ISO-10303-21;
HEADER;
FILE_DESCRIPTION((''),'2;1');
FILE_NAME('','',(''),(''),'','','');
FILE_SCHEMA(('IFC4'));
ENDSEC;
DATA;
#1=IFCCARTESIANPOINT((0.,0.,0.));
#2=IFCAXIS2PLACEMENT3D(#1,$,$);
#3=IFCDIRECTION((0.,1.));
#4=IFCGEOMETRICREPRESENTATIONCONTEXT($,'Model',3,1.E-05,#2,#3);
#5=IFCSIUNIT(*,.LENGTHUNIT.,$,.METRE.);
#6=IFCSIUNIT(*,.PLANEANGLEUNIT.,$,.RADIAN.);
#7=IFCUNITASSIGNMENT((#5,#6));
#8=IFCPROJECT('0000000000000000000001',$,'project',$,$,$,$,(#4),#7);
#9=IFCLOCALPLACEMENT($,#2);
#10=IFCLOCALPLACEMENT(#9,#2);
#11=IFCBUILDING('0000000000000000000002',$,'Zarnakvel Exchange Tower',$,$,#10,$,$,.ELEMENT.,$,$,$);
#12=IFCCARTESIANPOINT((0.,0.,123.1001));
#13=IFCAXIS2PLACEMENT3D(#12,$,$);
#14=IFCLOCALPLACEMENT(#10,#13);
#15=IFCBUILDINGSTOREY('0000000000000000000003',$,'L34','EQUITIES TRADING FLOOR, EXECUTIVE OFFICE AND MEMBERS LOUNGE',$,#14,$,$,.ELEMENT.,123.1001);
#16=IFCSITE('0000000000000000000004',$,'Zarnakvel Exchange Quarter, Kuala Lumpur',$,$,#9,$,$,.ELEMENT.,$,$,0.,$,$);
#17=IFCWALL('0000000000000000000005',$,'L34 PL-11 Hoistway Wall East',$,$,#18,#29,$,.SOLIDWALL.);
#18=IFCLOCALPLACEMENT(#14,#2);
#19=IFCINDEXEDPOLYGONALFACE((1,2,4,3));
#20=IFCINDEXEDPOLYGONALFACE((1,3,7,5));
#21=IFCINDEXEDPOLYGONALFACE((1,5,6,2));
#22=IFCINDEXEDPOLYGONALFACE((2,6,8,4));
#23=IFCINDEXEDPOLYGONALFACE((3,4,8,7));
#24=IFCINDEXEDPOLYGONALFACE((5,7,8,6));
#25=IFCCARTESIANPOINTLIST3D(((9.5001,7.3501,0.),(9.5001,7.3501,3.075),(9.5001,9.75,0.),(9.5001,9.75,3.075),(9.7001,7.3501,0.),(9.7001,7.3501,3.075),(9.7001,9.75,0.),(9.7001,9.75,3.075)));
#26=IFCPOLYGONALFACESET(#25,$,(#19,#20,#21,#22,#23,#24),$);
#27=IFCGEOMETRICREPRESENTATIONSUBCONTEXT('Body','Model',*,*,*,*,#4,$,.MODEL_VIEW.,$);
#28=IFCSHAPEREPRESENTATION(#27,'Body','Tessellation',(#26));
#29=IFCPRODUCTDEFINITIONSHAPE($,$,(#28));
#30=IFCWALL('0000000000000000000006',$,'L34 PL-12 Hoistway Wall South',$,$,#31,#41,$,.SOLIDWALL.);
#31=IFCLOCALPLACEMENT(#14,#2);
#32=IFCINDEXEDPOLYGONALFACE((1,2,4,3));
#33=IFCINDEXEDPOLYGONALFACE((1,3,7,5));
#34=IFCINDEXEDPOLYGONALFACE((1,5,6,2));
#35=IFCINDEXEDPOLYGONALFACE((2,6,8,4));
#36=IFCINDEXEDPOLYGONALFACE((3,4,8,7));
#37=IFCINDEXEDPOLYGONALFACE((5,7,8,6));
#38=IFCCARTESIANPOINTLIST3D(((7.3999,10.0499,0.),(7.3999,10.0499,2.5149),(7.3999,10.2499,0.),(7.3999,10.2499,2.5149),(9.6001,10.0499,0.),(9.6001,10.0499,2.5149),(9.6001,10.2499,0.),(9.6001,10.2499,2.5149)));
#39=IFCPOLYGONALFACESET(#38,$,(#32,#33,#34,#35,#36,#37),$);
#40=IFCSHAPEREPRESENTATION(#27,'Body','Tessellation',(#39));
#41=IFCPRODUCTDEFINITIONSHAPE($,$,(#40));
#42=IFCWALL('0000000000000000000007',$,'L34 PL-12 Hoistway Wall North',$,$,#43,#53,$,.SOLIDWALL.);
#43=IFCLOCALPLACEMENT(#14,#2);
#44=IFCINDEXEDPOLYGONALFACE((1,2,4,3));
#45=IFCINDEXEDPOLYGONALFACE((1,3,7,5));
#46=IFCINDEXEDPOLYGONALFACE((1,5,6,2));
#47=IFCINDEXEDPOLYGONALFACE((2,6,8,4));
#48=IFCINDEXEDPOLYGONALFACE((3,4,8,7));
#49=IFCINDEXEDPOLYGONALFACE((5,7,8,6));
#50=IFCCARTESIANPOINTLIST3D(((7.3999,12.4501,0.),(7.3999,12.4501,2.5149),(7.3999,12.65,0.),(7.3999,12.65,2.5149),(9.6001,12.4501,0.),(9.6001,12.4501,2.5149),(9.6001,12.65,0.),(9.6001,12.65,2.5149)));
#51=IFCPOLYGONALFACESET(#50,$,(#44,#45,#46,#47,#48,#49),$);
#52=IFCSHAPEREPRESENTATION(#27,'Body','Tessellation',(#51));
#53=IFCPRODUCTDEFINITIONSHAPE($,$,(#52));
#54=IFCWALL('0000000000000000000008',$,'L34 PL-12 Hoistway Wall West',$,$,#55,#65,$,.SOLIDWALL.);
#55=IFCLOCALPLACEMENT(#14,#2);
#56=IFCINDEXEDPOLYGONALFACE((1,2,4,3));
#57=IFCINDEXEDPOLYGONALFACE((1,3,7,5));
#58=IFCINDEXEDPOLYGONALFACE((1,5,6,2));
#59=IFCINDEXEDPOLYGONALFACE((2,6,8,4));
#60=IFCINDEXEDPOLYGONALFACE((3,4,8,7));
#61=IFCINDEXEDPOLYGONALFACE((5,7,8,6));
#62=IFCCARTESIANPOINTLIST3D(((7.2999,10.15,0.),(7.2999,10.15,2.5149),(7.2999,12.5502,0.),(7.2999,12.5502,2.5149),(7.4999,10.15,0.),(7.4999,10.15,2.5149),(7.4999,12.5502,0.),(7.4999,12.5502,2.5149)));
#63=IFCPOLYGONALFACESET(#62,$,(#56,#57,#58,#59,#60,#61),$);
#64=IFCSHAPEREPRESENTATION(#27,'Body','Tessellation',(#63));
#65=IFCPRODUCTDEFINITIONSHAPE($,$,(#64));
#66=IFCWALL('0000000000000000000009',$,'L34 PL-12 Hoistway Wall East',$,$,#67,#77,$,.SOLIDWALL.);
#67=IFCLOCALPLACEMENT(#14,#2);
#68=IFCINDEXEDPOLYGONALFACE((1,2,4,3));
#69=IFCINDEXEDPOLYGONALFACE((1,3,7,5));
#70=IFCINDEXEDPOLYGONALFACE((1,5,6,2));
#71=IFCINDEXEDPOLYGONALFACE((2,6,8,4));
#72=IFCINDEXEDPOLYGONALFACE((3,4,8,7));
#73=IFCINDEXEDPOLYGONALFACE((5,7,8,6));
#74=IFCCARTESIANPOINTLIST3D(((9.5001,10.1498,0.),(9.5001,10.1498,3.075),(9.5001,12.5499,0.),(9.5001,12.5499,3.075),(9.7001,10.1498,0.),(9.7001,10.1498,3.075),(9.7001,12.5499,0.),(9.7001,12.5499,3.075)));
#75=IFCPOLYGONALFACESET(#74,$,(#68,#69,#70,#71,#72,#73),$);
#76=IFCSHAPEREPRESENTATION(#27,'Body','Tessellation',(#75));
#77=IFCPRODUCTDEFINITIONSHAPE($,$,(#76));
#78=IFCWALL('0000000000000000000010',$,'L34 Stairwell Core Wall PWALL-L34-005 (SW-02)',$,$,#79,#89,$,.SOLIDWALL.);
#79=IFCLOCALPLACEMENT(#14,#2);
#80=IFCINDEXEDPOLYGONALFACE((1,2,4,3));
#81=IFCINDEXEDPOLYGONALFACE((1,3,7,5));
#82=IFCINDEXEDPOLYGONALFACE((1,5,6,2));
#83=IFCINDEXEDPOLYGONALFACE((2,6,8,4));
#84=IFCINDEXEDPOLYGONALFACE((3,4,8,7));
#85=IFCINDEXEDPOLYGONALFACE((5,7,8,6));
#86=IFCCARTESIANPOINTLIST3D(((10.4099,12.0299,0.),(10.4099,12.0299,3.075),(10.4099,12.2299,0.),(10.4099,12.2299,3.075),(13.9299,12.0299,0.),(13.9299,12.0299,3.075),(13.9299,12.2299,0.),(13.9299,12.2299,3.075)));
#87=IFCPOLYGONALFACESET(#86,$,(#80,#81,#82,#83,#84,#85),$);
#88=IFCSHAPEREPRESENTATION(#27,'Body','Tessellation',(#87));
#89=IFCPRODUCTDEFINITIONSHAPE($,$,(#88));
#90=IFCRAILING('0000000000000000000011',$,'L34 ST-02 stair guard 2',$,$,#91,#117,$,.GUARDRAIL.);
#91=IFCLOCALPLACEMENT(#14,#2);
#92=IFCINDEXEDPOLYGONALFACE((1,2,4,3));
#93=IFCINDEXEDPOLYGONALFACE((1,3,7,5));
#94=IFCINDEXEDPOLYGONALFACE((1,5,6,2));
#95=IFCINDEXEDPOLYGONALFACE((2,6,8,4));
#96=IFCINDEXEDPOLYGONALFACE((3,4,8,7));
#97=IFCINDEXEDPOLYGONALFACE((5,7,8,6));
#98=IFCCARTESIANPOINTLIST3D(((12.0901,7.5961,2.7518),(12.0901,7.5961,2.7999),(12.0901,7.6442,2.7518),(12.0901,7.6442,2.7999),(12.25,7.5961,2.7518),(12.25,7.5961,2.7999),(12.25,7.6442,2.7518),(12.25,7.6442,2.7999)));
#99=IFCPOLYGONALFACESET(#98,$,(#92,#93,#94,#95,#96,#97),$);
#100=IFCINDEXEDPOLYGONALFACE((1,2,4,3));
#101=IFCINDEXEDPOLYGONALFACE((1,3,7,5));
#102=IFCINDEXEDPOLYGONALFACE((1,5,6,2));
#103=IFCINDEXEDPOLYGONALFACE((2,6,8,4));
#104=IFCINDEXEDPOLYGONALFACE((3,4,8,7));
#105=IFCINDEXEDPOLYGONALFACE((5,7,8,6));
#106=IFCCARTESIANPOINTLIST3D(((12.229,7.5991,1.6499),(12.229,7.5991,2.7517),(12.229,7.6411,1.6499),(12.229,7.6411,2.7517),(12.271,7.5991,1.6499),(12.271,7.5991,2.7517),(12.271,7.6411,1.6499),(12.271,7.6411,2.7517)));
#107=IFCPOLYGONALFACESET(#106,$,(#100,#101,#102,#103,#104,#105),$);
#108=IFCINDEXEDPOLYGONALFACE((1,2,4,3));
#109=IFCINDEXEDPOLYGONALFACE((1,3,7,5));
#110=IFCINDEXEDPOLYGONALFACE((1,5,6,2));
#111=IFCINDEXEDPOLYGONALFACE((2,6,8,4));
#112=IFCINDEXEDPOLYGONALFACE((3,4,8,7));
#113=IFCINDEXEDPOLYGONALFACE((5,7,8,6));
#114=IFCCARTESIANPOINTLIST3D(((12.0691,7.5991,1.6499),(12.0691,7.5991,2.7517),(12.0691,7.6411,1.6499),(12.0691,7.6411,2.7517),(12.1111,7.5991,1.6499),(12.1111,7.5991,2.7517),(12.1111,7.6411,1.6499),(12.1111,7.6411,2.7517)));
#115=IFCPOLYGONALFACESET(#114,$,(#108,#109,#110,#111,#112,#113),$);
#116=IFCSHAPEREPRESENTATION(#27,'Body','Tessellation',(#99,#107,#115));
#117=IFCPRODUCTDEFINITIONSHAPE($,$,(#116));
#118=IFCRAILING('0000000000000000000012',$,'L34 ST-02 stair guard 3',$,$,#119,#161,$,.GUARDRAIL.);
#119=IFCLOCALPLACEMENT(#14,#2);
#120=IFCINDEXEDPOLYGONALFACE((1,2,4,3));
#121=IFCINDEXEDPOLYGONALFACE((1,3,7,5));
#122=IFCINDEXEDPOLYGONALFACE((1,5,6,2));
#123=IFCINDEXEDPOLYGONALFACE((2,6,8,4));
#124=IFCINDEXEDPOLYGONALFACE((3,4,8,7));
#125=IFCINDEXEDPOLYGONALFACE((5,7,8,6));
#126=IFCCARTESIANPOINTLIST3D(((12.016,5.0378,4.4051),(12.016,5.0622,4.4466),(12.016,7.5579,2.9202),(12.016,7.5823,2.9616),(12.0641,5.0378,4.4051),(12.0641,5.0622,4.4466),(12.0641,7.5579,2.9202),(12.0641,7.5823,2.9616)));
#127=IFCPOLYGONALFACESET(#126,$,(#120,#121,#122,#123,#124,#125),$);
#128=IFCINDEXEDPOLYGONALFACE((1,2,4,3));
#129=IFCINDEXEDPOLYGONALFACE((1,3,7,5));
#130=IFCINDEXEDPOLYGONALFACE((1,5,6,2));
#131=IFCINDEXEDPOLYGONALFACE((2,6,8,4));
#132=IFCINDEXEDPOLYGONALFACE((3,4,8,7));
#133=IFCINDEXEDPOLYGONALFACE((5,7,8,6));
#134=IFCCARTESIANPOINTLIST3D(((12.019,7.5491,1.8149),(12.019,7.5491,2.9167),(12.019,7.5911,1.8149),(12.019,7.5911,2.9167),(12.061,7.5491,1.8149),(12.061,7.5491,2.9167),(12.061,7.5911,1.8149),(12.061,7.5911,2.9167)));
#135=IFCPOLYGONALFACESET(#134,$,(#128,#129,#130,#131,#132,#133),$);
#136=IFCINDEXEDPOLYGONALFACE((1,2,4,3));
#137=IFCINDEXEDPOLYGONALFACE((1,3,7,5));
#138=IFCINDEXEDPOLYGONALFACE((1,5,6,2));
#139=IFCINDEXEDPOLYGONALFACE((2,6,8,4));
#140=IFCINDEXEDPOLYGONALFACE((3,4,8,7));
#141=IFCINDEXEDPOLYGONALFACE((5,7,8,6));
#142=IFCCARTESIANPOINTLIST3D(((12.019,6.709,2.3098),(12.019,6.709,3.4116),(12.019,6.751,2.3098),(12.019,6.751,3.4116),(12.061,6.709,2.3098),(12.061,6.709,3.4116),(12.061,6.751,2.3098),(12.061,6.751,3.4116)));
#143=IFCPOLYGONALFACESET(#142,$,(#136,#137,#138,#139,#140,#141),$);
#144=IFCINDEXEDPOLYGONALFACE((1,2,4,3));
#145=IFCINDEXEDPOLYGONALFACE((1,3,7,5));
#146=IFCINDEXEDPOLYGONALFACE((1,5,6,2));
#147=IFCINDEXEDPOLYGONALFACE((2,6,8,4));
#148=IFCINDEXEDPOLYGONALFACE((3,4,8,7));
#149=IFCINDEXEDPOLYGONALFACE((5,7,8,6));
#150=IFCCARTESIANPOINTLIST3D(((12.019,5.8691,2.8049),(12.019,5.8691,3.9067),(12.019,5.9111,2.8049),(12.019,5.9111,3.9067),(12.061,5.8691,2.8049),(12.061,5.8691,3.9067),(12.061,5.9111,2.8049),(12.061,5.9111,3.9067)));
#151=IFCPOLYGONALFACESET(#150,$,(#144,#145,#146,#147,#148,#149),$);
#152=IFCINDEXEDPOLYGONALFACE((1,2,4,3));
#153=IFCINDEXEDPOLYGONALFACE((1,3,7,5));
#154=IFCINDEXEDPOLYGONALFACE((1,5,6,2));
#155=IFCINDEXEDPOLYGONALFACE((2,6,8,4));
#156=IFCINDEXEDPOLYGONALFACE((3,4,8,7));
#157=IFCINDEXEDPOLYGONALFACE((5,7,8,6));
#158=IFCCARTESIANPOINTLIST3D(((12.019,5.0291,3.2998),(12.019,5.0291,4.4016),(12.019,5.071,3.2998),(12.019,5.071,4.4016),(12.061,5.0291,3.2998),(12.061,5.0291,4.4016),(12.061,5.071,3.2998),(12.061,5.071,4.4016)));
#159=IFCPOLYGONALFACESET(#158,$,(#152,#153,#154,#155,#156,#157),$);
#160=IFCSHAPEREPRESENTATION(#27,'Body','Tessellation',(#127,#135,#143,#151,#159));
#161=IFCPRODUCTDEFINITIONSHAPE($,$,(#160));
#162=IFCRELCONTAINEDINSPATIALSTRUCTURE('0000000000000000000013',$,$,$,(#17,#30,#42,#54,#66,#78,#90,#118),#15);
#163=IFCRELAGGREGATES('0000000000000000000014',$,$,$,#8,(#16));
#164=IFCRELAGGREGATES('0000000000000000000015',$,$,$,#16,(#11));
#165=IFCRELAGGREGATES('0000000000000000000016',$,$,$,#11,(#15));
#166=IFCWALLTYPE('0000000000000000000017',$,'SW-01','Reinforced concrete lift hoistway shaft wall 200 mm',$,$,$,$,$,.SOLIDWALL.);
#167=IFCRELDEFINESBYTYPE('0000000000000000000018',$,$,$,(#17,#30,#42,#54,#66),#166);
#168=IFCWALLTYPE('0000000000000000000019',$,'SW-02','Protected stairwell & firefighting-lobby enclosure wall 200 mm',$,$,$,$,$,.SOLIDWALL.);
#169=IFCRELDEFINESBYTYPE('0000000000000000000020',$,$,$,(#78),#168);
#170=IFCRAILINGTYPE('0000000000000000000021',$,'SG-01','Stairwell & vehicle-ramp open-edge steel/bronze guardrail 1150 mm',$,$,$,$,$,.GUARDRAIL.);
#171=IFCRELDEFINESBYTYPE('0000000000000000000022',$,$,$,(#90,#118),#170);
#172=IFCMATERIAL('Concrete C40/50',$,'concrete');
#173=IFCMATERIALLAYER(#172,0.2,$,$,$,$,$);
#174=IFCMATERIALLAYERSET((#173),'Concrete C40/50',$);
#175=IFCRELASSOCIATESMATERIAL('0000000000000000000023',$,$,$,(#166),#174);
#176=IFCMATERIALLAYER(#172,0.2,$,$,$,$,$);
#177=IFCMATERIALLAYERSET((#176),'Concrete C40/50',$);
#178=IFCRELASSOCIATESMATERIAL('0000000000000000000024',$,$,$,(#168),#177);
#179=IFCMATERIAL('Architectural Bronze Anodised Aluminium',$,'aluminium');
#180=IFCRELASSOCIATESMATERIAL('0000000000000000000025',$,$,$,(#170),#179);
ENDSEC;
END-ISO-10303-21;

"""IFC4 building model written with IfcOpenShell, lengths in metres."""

from ifc_helpers import new_model, si_unit, direction, frame, frame_2d, origin, origin_2d, place, context, subcontext, project, spatial, rectangle, extrude, material, layer, layer_set, type_object, element, save


model = new_model("IFC4")

# Units and contexts
model_context = context("Model", 3, precision=1e-05, world=origin(), true_north=direction((0.0, 1.0)))
body_context = subcontext(model_context, "Body", "Model", "MODEL_VIEW")
ifc_project = project(units=[si_unit("LENGTHUNIT", "METRE"), si_unit("PLANEANGLEUNIT", "RADIAN")], contexts=[model_context])

# Site, building, storey
site_placement = place(None, origin())
site = spatial("IfcSite", under=ifc_project, at=site_placement, Name="Zarnakvel Exchange Quarter, Kuala Lumpur", CompositionType="ELEMENT", RefElevation=0.0)
building_placement = place(site_placement, origin())
building = spatial("IfcBuilding", under=site, at=building_placement, Name="Zarnakvel Exchange Tower", CompositionType="ELEMENT")
storey_placement = place(building_placement, frame((0.0, 0.0, 123.1001)))
storey = spatial("IfcBuildingStorey", under=building, at=storey_placement, Name="L34", Description="EQUITIES TRADING FLOOR, EXECUTIVE OFFICE AND MEMBERS LOUNGE", CompositionType="ELEMENT", Elevation=123.1001)

# Shared definitions
ifc_material_1 = material(Name="Architectural Bronze Anodised Aluminium", Category="aluminium")

# Walls
ifc_material_2 = material(Name="Concrete C40/50", Category="concrete")
ifc_layer_1 = layer(ifc_material_2, 0.2)
ifc_layer_set_1 = layer_set([ifc_layer_1], Name="Concrete C40/50")
wall_type_1 = type_object("IfcWallType", Name="SW-01", Description="Reinforced concrete lift hoistway shaft wall 200 mm", PredefinedType="SOLIDWALL", material=ifc_layer_set_1)
wall_1_placement = place(storey_placement, frame((9.6001, 9.75, 0.0), z_axis=(0.0, 0.0, 1.0), x_axis=(0.0, -1.0, 0.0)))
element("IfcWall", 1, at=wall_1_placement, inside=storey, type_object=wall_type_1, Name="L34 PL-11 Hoistway Wall East", PredefinedType="SOLIDWALL", context=body_context, shape_type="SweptSolid", body=[
    extrude(rectangle(XDim=2.3999, YDim=0.2, at=frame_2d((1.2, 0.0))), origin(), (0.0, 0.0, 1.0), 3.075),
])
for number, where, z_axis, x_axis, name in (
    (2, (9.6001, 10.1499, 0.0), (0.0, 0.0, 1.0), (-1.0, 0.0, 0.0), "L34 PL-12 Hoistway Wall South"),
    (3, (7.3999, 12.55, 0.0), (0.0, 0.0, 1.0), (1.0, 0.0, 0.0), "L34 PL-12 Hoistway Wall North"),
):
    element("IfcWall", number, at=place(storey_placement, frame(where, z_axis=z_axis, x_axis=x_axis)), inside=storey, type_object=wall_type_1, Name=name, PredefinedType="SOLIDWALL", context=body_context, shape_type="SweptSolid", body=[
        extrude(rectangle(XDim=2.2002, YDim=0.2, at=frame_2d((1.1001, 0.0))), origin(), (0.0, 0.0, 1.0), 2.5149),
    ])
wall_2_placement = place(storey_placement, frame((7.3999, 10.1499, 0.0), z_axis=(0.0, 0.0, 1.0), x_axis=(0.0, 1.0, 0.0)))
element("IfcWall", 4, at=wall_2_placement, inside=storey, type_object=wall_type_1, Name="L34 PL-12 Hoistway Wall West", PredefinedType="SOLIDWALL", context=body_context, shape_type="SweptSolid", body=[
    extrude(rectangle(XDim=2.4001, YDim=0.2, at=frame_2d((1.2002, 0.0))), origin(), (0.0, 0.0, 1.0), 2.5149),
])
wall_3_placement = place(storey_placement, frame((9.6001, 12.55, 0.0), z_axis=(0.0, 0.0, 1.0), x_axis=(0.0, -1.0, 0.0)))
element("IfcWall", 5, at=wall_3_placement, inside=storey, type_object=wall_type_1, Name="L34 PL-12 Hoistway Wall East", PredefinedType="SOLIDWALL", context=body_context, shape_type="SweptSolid", body=[
    extrude(rectangle(XDim=2.4001, YDim=0.2, at=frame_2d((1.2002, 0.0))), origin(), (0.0, 0.0, 1.0), 3.075),
])
ifc_layer_2 = layer(ifc_material_2, 0.2)
ifc_layer_set_2 = layer_set([ifc_layer_2], Name="Concrete C40/50")
wall_type_2 = type_object("IfcWallType", Name="SW-02", Description="Protected stairwell & firefighting-lobby enclosure wall 200 mm", PredefinedType="SOLIDWALL", material=ifc_layer_set_2)
wall_4_placement = place(storey_placement, frame((10.4099, 12.1299, 0.0), z_axis=(0.0, 0.0, 1.0), x_axis=(1.0, 0.0, 0.0)))
element("IfcWall", 6, at=wall_4_placement, inside=storey, type_object=wall_type_2, Name="L34 Stairwell Core Wall PWALL-L34-005 (SW-02)", PredefinedType="SOLIDWALL", context=body_context, shape_type="SweptSolid", body=[
    extrude(rectangle(XDim=3.52, YDim=0.2, at=frame_2d((1.76, 0.0))), origin(), (0.0, 0.0, 1.0), 3.075),
])

# Railings
railing_type = type_object("IfcRailingType", Name="SG-01", Description="Stairwell & vehicle-ramp open-edge steel/bronze guardrail 1150 mm", PredefinedType="GUARDRAIL", material=ifc_material_1)
railing_1_placement = place(storey_placement, frame((12.25, 7.6201, 1.6499)))
element("IfcRailing", 7, at=railing_1_placement, inside=storey, type_object=railing_type, Name="L34 ST-02 stair guard 2", PredefinedType="GUARDRAIL", context=body_context, shape_type="SweptSolid", body=[
    extrude(rectangle(XDim=0.0481, YDim=0.0481, at=origin_2d()), frame((0.0, 0.0, 1.126), z_axis=(-1.0, 0.0, 0.0), x_axis=(0.0, -1.0, 0.0)), (0.0, 0.0, 1.0), 0.1599),
    extrude(rectangle(XDim=0.042, YDim=0.042, at=origin_2d()), origin(), (0.0, 0.0, 1.0), 1.1018),
    extrude(rectangle(XDim=0.042, YDim=0.042, at=origin_2d()), frame((-0.1599, 0.0, 0.0)), (0.0, 0.0, 1.0), 1.1018),
])
railing_2_placement = place(storey_placement, frame((12.04, 7.5701, 1.8149)))
element("IfcRailing", 8, at=railing_2_placement, inside=storey, type_object=railing_type, Name="L34 ST-02 stair guard 3", PredefinedType="GUARDRAIL", context=body_context, shape_type="SweptSolid", body=[
    extrude(rectangle(XDim=0.0481, YDim=0.0481, at=origin_2d()), frame((0.0, 0.0, 1.126), z_axis=(0.0, -0.861561, 0.507655), x_axis=(1.0, 0.0, 0.0)), (0.0, 0.0, 1.0), 2.925),
    extrude(rectangle(XDim=0.042, YDim=0.042, at=origin_2d()), origin(), (0.0, 0.0, 1.0), 1.1018),
    extrude(rectangle(XDim=0.042, YDim=0.042, at=origin_2d()), frame((0.0, -0.8401, 0.4949)), (0.0, 0.0, 1.0), 1.1018),
    extrude(rectangle(XDim=0.042, YDim=0.042, at=origin_2d()), frame((0.0, -1.6799, 0.99)), (0.0, 0.0, 1.0), 1.1018),
    extrude(rectangle(XDim=0.042, YDim=0.042, at=origin_2d()), frame((0.0, -2.52, 1.4849)), (0.0, 0.0, 1.0), 1.1018),
])

save(model, "model.ifc")
